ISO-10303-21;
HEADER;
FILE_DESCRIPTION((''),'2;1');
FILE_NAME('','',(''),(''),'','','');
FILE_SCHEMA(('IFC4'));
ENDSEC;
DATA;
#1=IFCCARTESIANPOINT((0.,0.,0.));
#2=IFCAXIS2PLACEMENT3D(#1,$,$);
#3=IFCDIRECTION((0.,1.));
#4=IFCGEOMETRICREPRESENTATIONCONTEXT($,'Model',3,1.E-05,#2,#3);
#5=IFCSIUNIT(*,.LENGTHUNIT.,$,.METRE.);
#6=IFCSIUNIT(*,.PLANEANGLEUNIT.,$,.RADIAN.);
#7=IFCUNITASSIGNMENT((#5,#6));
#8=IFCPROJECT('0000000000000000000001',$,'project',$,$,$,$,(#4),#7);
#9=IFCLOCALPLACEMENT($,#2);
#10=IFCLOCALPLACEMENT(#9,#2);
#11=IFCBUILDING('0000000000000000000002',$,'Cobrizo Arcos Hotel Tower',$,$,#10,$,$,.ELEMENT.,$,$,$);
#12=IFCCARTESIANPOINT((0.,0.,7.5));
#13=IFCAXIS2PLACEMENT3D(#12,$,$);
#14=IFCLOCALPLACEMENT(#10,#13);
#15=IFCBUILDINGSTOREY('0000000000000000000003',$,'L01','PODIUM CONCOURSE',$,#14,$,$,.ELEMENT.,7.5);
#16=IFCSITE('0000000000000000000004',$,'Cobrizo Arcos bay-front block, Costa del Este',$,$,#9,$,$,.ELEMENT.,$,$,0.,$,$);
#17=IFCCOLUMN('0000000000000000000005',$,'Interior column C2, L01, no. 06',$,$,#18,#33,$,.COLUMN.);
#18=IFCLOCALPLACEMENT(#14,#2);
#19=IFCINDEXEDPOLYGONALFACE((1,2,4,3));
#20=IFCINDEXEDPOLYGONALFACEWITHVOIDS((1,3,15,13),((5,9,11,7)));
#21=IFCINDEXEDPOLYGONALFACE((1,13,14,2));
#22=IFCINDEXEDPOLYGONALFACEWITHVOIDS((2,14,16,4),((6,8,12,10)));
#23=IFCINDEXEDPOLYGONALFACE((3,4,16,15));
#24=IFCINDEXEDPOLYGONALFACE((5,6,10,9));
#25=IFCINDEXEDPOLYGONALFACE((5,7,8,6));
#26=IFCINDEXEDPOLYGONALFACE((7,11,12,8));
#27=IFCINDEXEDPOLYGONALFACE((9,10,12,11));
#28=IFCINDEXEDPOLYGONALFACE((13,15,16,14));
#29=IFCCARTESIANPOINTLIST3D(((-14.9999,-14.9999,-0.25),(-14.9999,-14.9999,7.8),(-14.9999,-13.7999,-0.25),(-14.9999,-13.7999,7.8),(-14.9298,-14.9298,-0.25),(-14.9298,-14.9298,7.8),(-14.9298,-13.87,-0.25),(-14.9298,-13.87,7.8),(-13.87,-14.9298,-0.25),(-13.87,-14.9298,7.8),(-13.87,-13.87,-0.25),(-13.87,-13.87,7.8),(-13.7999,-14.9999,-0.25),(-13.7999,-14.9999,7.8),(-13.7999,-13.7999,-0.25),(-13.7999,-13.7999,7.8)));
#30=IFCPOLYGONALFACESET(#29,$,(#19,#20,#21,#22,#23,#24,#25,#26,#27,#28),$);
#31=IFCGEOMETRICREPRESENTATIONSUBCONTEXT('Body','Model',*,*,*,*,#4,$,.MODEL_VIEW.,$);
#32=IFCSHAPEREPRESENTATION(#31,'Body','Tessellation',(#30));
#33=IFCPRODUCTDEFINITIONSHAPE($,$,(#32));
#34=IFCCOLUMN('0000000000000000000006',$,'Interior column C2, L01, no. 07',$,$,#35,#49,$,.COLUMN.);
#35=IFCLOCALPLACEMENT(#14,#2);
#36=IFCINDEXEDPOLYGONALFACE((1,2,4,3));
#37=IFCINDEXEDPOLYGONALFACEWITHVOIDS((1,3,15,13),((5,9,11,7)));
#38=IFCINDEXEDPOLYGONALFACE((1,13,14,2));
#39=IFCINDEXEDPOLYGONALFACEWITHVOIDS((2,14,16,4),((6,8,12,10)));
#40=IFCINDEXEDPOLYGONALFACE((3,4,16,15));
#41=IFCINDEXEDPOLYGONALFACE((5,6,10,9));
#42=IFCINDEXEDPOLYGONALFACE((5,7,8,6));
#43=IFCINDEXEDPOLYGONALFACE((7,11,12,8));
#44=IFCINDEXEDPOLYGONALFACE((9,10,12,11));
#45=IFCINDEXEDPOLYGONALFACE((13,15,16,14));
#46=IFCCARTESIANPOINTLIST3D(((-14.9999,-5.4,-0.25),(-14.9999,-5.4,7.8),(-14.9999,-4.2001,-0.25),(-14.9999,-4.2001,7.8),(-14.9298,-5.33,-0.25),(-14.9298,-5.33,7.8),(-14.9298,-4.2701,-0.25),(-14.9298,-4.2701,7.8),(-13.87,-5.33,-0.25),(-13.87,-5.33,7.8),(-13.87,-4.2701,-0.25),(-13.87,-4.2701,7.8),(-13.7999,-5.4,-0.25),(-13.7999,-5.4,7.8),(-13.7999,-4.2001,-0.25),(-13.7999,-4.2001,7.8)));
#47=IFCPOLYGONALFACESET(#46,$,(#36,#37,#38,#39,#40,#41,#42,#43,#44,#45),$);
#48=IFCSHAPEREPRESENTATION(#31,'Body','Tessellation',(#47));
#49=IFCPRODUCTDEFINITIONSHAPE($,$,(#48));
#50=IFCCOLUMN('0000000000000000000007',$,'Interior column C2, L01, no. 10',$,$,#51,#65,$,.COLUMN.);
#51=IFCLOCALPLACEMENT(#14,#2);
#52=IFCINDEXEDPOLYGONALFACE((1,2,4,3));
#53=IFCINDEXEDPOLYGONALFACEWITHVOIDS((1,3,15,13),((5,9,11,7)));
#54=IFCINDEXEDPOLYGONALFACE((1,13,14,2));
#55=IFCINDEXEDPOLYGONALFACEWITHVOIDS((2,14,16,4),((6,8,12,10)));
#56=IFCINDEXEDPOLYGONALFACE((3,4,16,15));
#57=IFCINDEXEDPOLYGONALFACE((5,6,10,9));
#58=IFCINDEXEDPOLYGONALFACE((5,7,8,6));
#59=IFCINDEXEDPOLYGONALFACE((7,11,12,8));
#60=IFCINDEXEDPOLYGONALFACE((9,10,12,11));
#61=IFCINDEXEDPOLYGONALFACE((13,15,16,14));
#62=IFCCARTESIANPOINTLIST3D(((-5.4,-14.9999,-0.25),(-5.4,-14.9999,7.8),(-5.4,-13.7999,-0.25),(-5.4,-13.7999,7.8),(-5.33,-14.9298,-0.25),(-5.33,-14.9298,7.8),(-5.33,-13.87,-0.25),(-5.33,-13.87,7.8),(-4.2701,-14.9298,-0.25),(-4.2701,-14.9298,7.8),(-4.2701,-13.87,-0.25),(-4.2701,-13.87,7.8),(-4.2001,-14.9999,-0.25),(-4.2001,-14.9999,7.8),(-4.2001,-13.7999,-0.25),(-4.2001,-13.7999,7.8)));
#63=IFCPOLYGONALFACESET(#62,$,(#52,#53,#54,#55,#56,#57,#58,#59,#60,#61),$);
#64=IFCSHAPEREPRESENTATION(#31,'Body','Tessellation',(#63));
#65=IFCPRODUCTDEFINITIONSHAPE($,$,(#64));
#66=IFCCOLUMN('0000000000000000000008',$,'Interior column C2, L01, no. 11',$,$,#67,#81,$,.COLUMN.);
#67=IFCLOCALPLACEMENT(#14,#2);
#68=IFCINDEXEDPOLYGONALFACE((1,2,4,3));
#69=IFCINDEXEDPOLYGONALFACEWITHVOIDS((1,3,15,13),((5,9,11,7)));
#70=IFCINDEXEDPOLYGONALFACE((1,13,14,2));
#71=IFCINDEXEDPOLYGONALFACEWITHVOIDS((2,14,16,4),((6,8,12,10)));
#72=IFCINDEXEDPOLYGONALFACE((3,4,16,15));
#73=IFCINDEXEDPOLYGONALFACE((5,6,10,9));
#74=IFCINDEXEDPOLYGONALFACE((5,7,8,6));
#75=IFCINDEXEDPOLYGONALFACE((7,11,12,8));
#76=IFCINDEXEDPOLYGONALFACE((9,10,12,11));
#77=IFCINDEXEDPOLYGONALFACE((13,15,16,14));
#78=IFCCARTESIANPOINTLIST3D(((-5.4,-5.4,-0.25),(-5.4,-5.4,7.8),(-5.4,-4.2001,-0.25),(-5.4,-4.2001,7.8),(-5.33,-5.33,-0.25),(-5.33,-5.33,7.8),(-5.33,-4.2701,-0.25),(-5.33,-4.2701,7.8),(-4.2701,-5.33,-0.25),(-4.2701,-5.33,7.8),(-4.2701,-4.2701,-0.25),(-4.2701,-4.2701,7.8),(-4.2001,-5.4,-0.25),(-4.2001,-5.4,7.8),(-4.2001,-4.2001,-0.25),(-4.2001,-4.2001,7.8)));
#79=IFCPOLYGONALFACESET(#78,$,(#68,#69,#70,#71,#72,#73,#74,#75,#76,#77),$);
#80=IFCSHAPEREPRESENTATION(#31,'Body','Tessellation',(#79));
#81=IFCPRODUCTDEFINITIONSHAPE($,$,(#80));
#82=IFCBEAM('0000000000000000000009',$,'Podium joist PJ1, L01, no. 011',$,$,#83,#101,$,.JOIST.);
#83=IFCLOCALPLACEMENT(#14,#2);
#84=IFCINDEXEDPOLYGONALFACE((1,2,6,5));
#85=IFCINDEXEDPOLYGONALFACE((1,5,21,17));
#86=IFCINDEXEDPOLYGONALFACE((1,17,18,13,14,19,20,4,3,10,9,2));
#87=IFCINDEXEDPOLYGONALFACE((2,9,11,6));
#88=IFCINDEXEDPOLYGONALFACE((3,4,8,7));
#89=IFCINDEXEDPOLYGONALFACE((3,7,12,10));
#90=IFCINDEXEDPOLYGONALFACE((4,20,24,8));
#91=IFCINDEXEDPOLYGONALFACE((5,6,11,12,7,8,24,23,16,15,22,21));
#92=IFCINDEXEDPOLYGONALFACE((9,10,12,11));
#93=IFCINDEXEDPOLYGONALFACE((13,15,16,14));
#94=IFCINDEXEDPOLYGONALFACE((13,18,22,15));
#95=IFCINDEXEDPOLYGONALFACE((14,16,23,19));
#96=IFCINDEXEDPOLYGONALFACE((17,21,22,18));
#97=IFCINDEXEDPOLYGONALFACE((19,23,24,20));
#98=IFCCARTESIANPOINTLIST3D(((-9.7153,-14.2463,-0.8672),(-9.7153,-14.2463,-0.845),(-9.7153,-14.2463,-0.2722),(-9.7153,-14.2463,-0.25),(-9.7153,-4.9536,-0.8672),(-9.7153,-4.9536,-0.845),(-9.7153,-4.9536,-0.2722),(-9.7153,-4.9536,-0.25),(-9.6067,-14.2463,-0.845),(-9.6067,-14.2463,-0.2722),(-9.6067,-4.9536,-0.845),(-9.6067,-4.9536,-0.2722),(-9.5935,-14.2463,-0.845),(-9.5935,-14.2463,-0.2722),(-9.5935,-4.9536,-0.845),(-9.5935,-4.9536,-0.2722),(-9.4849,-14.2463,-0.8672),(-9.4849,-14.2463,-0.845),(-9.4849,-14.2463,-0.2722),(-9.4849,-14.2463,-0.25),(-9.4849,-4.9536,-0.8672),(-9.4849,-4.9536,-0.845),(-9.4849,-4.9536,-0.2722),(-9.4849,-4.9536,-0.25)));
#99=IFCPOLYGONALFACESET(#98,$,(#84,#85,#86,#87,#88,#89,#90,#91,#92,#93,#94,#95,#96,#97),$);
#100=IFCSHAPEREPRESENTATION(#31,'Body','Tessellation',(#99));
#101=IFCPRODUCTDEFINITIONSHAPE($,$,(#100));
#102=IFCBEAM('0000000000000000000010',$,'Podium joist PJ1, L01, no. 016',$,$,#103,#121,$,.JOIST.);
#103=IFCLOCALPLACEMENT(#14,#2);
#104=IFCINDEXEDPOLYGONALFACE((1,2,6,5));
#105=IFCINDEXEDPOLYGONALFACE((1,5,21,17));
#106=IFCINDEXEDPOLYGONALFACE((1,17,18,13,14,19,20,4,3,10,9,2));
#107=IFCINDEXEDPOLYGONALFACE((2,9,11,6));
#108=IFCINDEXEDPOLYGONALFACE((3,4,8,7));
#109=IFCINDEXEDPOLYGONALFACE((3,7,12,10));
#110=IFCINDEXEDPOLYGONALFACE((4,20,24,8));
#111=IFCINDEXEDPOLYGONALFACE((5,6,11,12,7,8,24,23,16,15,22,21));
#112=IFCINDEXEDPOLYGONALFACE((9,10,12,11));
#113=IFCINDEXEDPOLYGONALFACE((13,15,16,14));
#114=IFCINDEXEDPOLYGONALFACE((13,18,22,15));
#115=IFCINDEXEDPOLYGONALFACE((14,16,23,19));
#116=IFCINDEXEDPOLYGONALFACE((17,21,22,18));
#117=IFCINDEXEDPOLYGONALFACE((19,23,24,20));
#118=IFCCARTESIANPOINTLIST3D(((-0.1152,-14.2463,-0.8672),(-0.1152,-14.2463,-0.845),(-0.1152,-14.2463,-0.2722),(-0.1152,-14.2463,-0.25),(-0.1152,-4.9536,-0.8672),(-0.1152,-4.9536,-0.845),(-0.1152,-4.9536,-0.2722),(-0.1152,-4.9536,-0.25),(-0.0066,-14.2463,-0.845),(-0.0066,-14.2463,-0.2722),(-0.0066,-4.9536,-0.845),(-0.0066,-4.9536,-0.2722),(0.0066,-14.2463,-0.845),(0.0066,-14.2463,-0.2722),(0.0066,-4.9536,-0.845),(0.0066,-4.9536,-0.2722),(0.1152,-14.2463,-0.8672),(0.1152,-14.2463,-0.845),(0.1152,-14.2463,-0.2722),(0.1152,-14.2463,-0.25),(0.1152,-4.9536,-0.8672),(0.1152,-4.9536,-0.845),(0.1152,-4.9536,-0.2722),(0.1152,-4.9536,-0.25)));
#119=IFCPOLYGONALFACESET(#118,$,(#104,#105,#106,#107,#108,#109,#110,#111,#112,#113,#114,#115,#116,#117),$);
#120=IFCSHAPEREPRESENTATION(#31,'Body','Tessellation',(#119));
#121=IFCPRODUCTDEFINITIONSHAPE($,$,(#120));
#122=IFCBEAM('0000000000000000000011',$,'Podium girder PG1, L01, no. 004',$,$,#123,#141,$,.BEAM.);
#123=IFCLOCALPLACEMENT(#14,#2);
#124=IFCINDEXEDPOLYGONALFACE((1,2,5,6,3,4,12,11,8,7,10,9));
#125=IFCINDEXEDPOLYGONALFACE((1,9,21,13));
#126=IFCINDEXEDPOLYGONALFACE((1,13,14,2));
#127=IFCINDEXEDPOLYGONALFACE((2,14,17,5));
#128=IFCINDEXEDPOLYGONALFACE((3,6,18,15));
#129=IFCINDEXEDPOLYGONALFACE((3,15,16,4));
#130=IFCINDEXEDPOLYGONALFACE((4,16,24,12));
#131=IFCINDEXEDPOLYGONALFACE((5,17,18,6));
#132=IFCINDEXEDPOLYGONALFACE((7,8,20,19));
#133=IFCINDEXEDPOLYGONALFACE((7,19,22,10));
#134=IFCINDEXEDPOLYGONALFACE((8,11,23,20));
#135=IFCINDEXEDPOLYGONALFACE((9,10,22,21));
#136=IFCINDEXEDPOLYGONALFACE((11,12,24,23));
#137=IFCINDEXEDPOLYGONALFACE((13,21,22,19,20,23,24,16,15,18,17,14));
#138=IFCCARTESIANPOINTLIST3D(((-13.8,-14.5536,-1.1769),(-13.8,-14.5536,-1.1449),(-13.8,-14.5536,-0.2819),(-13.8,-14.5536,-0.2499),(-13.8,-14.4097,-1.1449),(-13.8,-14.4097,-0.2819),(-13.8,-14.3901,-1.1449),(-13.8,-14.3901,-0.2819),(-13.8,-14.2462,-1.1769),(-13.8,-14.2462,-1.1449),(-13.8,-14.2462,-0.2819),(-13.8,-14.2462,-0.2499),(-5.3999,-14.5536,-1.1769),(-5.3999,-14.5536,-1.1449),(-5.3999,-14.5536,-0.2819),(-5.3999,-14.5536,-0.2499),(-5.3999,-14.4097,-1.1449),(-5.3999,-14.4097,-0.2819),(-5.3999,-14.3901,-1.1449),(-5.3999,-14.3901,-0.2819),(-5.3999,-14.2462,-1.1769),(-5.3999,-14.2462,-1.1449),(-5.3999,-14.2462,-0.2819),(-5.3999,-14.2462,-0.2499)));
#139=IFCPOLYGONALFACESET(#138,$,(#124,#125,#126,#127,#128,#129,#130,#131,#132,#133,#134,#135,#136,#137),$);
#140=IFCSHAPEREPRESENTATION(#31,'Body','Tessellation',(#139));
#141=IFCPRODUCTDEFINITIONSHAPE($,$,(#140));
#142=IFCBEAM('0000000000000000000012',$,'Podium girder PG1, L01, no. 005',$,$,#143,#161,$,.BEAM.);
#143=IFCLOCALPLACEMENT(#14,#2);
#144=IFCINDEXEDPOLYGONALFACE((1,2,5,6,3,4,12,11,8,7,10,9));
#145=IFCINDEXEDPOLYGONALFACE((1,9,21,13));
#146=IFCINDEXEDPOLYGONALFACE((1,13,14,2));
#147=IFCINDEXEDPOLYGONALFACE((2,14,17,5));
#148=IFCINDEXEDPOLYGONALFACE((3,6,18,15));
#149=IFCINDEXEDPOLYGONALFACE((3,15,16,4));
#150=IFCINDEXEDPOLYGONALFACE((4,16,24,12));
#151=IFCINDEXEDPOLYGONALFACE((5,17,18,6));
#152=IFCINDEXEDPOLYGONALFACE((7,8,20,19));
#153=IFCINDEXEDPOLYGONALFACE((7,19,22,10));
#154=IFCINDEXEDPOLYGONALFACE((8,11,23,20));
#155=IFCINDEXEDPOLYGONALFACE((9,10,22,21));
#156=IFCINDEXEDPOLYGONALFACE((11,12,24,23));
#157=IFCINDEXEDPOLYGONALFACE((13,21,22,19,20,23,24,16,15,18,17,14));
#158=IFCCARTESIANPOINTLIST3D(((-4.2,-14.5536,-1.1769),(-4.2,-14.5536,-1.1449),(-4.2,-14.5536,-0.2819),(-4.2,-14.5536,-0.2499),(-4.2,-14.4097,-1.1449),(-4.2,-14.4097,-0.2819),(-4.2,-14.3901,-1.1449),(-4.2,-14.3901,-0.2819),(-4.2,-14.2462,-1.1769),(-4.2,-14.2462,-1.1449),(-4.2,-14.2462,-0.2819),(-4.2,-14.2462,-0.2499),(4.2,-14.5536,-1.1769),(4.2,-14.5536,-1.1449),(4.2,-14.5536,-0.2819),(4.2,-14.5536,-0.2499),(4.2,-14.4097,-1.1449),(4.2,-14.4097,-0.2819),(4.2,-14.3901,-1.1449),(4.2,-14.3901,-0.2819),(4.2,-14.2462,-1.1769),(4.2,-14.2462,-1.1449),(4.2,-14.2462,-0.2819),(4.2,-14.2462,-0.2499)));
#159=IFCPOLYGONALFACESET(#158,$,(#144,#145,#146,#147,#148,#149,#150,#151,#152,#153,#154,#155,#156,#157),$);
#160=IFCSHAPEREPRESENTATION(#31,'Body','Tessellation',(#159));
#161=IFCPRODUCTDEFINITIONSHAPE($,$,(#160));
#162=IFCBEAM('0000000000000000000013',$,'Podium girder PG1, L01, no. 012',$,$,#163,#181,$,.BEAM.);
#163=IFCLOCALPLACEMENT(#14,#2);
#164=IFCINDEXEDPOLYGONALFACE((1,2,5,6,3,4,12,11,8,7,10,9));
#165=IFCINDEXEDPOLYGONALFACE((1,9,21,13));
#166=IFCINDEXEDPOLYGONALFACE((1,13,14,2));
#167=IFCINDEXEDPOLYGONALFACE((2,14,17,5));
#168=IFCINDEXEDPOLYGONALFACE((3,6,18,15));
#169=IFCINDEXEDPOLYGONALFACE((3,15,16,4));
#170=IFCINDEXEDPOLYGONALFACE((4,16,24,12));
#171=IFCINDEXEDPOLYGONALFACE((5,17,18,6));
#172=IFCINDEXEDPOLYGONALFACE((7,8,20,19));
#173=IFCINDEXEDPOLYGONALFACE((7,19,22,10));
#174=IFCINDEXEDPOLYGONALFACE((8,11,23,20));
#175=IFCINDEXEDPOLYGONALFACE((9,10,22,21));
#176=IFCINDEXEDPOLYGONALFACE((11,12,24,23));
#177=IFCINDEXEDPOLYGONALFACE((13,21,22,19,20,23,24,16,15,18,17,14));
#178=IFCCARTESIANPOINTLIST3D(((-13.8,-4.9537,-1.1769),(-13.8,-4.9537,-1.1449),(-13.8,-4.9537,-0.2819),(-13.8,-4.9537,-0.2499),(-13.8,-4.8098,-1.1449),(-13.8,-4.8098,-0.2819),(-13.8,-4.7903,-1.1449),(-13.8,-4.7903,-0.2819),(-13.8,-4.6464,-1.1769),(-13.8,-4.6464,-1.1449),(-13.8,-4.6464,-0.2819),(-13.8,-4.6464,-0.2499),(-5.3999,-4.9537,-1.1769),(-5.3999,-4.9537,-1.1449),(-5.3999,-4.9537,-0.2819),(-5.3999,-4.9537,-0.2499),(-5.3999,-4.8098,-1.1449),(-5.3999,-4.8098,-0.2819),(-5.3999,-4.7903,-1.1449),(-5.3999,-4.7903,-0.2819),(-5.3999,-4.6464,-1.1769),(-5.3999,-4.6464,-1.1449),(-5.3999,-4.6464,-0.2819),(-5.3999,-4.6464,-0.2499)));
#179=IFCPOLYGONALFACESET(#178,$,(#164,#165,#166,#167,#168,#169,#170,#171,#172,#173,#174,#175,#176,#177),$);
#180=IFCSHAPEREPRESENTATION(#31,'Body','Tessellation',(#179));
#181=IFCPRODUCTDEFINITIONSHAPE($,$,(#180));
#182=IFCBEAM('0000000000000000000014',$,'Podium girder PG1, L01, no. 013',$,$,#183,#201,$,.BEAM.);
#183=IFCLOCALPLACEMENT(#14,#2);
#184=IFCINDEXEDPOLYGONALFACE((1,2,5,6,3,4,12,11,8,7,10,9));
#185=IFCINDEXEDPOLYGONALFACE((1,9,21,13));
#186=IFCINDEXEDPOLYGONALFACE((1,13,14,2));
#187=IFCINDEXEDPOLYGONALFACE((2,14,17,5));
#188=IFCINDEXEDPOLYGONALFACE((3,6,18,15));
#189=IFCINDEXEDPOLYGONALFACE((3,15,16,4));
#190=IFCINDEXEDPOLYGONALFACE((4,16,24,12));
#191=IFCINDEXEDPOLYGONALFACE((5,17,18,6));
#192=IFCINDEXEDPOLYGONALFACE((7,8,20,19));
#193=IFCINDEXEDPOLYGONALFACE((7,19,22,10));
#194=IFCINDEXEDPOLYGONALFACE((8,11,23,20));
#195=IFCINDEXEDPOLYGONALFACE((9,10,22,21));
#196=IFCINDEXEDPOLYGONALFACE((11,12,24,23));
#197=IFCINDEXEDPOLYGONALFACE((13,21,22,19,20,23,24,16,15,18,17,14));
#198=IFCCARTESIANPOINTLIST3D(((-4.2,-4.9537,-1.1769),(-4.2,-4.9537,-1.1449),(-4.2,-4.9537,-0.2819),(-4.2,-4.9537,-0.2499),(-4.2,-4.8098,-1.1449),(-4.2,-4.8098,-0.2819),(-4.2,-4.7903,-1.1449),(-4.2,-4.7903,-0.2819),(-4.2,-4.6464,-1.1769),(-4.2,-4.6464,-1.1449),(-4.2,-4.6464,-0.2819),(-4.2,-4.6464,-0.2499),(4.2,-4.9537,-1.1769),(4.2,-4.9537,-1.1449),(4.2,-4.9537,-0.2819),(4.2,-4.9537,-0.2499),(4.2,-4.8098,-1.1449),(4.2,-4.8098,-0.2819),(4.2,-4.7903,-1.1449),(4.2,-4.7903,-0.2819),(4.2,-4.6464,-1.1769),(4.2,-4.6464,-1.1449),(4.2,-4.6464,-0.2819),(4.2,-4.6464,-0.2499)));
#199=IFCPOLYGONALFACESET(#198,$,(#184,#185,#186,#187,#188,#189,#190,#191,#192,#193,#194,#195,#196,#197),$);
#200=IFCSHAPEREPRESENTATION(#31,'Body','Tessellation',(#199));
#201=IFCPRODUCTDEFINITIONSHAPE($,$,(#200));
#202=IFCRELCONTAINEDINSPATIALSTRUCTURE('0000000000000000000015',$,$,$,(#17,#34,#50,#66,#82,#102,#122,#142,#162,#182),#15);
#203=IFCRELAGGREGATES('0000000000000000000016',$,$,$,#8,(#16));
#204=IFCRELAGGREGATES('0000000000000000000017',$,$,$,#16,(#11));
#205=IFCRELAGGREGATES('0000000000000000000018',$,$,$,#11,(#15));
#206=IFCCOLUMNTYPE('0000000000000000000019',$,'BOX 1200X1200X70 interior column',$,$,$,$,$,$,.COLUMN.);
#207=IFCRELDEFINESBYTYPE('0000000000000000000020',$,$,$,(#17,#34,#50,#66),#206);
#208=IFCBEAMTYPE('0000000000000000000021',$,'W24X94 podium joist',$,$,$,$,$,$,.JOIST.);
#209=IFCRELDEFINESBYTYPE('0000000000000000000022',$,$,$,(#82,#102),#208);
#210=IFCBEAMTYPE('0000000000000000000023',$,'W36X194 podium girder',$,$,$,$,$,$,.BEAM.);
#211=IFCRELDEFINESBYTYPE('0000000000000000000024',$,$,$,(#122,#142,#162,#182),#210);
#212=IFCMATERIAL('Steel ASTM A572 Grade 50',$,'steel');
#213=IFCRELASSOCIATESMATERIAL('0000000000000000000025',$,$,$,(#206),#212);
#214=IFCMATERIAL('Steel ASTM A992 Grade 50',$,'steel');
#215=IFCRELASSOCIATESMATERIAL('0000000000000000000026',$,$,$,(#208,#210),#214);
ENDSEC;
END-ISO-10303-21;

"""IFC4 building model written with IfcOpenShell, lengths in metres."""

from ifc_helpers import new_model, si_unit, direction, frame, origin, origin_2d, place, context, subcontext, project, spatial, hollow_rectangle, i_section, extrude, material, material_profile, profile_set, type_object, element, save


model = new_model("IFC4")

# Units and contexts
model_context = context("Model", 3, precision=1e-05, world=origin(), true_north=direction((0.0, 1.0)))
body_context = subcontext(model_context, "Body", "Model", "MODEL_VIEW")
ifc_project = project(units=[si_unit("LENGTHUNIT", "METRE"), si_unit("PLANEANGLEUNIT", "RADIAN")], contexts=[model_context])

# Site, building, storey
site_placement = place(None, origin())
site = spatial("IfcSite", under=ifc_project, at=site_placement, Name="Cobrizo Arcos bay-front block, Costa del Este", CompositionType="ELEMENT", RefElevation=0.0)
building_placement = place(site_placement, origin())
building = spatial("IfcBuilding", under=site, at=building_placement, Name="Cobrizo Arcos Hotel Tower", CompositionType="ELEMENT")
storey_placement = place(building_placement, frame((0.0, 0.0, 7.5)))
storey = spatial("IfcBuildingStorey", under=building, at=storey_placement, Name="L01", Description="PODIUM CONCOURSE", CompositionType="ELEMENT", Elevation=7.5)

# Columns
ifc_material_1 = material(Name="Steel ASTM A572 Grade 50", Category="steel")
ifc_material_profile_1 = material_profile(ifc_material_1, hollow_rectangle(XDim=1.2, YDim=1.2, WallThickness=0.0701, at=origin_2d()), Name="BOX 1200X1200X70")
ifc_profile_set_1 = profile_set([ifc_material_profile_1], Name="Steel ASTM A572 Grade 50")
column_type = type_object("IfcColumnType", Name="BOX 1200X1200X70 interior column", PredefinedType="COLUMN", material=ifc_profile_set_1)
for number, where, z_axis, x_axis, name in (
    (1, (-14.3999, -14.3999, -0.25), (0.0, 0.0, 1.0), (1.0, 0.0, 0.0), "Interior column C2, L01, no. 06"),
    (2, (-14.3999, -4.8, -0.25), (0.0, 0.0, 1.0), (1.0, 0.0, 0.0), "Interior column C2, L01, no. 07"),
    (3, (-4.8, -14.3999, -0.25), (0.0, 0.0, 1.0), (1.0, 0.0, 0.0), "Interior column C2, L01, no. 10"),
    (4, (-4.8, -4.8, -0.25), (0.0, 0.0, 1.0), (1.0, 0.0, 0.0), "Interior column C2, L01, no. 11"),
):
    element("IfcColumn", number, at=place(storey_placement, frame(where, z_axis=z_axis, x_axis=x_axis)), inside=storey, type_object=column_type, Name=name, PredefinedType="COLUMN", context=body_context, shape_type="SweptSolid", body=[
        extrude(hollow_rectangle(XDim=1.2, YDim=1.2, WallThickness=0.0701, at=origin_2d()), origin(), (0.0, 0.0, 1.0), 8.05),
    ])

# Beams
ifc_material_2 = material(Name="Steel ASTM A992 Grade 50", Category="steel")
ifc_material_profile_2 = material_profile(ifc_material_2, i_section(OverallWidth=0.2305, OverallDepth=0.6172, WebThickness=0.0132, FlangeThickness=0.0222, at=origin_2d()), Name="W24X94")
ifc_profile_set_2 = profile_set([ifc_material_profile_2], Name="Steel ASTM A992 Grade 50")
beam_type_1 = type_object("IfcBeamType", Name="W24X94 podium joist", PredefinedType="JOIST", material=ifc_profile_set_2)
for number, where, z_axis, x_axis, name in (
    (5, (-9.6001, -14.2463, -0.5586), (0.0, 1.0, 0.0), (-1.0, 0.0, 0.0), "Podium joist PJ1, L01, no. 011"),
    (6, (0.0, -14.2463, -0.5586), (0.0, 1.0, 0.0), (-1.0, 0.0, 0.0), "Podium joist PJ1, L01, no. 016"),
):
    element("IfcBeam", number, at=place(storey_placement, frame(where, z_axis=z_axis, x_axis=x_axis)), inside=storey, type_object=beam_type_1, Name=name, PredefinedType="JOIST", context=body_context, shape_type="SweptSolid", body=[
        extrude(i_section(OverallWidth=0.2305, OverallDepth=0.6172, WebThickness=0.0132, FlangeThickness=0.0222, at=origin_2d()), origin(), (0.0, 0.0, 1.0), 9.2927),
    ])
ifc_material_profile_3 = material_profile(ifc_material_2, i_section(OverallWidth=0.3074, OverallDepth=0.927, WebThickness=0.0195, FlangeThickness=0.032, at=origin_2d()), Name="W36X194")
ifc_profile_set_3 = profile_set([ifc_material_profile_3], Name="Steel ASTM A992 Grade 50")
beam_type_2 = type_object("IfcBeamType", Name="W36X194 podium girder", PredefinedType="BEAM", material=ifc_profile_set_3)
beam_1_placement = place(storey_placement, frame((-13.8, -14.3999, -0.7134), z_axis=(1.0, 0.0, 0.0), x_axis=(0.0, 1.0, 0.0)))
element("IfcBeam", 7, at=beam_1_placement, inside=storey, type_object=beam_type_2, Name="Podium girder PG1, L01, no. 004", PredefinedType="BEAM", context=body_context, shape_type="SweptSolid", body=[
    extrude(i_section(OverallWidth=0.3074, OverallDepth=0.927, WebThickness=0.0195, FlangeThickness=0.032, at=origin_2d()), origin(), (0.0, 0.0, 1.0), 8.4001),
])
beam_2_placement = place(storey_placement, frame((-4.2, -14.3999, -0.7134), z_axis=(1.0, 0.0, 0.0), x_axis=(0.0, 1.0, 0.0)))
element("IfcBeam", 8, at=beam_2_placement, inside=storey, type_object=beam_type_2, Name="Podium girder PG1, L01, no. 005", PredefinedType="BEAM", context=body_context, shape_type="SweptSolid", body=[
    extrude(i_section(OverallWidth=0.3074, OverallDepth=0.927, WebThickness=0.0195, FlangeThickness=0.032, at=origin_2d()), origin(), (0.0, 0.0, 1.0), 8.3999),
])
beam_3_placement = place(storey_placement, frame((-13.8, -4.8, -0.7134), z_axis=(1.0, 0.0, 0.0), x_axis=(0.0, 1.0, 0.0)))
element("IfcBeam", 9, at=beam_3_placement, inside=storey, type_object=beam_type_2, Name="Podium girder PG1, L01, no. 012", PredefinedType="BEAM", context=body_context, shape_type="SweptSolid", body=[
    extrude(i_section(OverallWidth=0.3074, OverallDepth=0.927, WebThickness=0.0195, FlangeThickness=0.032, at=origin_2d()), origin(), (0.0, 0.0, 1.0), 8.4001),
])
beam_4_placement = place(storey_placement, frame((-4.2, -4.8, -0.7134), z_axis=(1.0, 0.0, 0.0), x_axis=(0.0, 1.0, 0.0)))
element("IfcBeam", 10, at=beam_4_placement, inside=storey, type_object=beam_type_2, Name="Podium girder PG1, L01, no. 013", PredefinedType="BEAM", context=body_context, shape_type="SweptSolid", body=[
    extrude(i_section(OverallWidth=0.3074, OverallDepth=0.927, WebThickness=0.0195, FlangeThickness=0.032, at=origin_2d()), origin(), (0.0, 0.0, 1.0), 8.3999),
])

save(model, "model.ifc")
